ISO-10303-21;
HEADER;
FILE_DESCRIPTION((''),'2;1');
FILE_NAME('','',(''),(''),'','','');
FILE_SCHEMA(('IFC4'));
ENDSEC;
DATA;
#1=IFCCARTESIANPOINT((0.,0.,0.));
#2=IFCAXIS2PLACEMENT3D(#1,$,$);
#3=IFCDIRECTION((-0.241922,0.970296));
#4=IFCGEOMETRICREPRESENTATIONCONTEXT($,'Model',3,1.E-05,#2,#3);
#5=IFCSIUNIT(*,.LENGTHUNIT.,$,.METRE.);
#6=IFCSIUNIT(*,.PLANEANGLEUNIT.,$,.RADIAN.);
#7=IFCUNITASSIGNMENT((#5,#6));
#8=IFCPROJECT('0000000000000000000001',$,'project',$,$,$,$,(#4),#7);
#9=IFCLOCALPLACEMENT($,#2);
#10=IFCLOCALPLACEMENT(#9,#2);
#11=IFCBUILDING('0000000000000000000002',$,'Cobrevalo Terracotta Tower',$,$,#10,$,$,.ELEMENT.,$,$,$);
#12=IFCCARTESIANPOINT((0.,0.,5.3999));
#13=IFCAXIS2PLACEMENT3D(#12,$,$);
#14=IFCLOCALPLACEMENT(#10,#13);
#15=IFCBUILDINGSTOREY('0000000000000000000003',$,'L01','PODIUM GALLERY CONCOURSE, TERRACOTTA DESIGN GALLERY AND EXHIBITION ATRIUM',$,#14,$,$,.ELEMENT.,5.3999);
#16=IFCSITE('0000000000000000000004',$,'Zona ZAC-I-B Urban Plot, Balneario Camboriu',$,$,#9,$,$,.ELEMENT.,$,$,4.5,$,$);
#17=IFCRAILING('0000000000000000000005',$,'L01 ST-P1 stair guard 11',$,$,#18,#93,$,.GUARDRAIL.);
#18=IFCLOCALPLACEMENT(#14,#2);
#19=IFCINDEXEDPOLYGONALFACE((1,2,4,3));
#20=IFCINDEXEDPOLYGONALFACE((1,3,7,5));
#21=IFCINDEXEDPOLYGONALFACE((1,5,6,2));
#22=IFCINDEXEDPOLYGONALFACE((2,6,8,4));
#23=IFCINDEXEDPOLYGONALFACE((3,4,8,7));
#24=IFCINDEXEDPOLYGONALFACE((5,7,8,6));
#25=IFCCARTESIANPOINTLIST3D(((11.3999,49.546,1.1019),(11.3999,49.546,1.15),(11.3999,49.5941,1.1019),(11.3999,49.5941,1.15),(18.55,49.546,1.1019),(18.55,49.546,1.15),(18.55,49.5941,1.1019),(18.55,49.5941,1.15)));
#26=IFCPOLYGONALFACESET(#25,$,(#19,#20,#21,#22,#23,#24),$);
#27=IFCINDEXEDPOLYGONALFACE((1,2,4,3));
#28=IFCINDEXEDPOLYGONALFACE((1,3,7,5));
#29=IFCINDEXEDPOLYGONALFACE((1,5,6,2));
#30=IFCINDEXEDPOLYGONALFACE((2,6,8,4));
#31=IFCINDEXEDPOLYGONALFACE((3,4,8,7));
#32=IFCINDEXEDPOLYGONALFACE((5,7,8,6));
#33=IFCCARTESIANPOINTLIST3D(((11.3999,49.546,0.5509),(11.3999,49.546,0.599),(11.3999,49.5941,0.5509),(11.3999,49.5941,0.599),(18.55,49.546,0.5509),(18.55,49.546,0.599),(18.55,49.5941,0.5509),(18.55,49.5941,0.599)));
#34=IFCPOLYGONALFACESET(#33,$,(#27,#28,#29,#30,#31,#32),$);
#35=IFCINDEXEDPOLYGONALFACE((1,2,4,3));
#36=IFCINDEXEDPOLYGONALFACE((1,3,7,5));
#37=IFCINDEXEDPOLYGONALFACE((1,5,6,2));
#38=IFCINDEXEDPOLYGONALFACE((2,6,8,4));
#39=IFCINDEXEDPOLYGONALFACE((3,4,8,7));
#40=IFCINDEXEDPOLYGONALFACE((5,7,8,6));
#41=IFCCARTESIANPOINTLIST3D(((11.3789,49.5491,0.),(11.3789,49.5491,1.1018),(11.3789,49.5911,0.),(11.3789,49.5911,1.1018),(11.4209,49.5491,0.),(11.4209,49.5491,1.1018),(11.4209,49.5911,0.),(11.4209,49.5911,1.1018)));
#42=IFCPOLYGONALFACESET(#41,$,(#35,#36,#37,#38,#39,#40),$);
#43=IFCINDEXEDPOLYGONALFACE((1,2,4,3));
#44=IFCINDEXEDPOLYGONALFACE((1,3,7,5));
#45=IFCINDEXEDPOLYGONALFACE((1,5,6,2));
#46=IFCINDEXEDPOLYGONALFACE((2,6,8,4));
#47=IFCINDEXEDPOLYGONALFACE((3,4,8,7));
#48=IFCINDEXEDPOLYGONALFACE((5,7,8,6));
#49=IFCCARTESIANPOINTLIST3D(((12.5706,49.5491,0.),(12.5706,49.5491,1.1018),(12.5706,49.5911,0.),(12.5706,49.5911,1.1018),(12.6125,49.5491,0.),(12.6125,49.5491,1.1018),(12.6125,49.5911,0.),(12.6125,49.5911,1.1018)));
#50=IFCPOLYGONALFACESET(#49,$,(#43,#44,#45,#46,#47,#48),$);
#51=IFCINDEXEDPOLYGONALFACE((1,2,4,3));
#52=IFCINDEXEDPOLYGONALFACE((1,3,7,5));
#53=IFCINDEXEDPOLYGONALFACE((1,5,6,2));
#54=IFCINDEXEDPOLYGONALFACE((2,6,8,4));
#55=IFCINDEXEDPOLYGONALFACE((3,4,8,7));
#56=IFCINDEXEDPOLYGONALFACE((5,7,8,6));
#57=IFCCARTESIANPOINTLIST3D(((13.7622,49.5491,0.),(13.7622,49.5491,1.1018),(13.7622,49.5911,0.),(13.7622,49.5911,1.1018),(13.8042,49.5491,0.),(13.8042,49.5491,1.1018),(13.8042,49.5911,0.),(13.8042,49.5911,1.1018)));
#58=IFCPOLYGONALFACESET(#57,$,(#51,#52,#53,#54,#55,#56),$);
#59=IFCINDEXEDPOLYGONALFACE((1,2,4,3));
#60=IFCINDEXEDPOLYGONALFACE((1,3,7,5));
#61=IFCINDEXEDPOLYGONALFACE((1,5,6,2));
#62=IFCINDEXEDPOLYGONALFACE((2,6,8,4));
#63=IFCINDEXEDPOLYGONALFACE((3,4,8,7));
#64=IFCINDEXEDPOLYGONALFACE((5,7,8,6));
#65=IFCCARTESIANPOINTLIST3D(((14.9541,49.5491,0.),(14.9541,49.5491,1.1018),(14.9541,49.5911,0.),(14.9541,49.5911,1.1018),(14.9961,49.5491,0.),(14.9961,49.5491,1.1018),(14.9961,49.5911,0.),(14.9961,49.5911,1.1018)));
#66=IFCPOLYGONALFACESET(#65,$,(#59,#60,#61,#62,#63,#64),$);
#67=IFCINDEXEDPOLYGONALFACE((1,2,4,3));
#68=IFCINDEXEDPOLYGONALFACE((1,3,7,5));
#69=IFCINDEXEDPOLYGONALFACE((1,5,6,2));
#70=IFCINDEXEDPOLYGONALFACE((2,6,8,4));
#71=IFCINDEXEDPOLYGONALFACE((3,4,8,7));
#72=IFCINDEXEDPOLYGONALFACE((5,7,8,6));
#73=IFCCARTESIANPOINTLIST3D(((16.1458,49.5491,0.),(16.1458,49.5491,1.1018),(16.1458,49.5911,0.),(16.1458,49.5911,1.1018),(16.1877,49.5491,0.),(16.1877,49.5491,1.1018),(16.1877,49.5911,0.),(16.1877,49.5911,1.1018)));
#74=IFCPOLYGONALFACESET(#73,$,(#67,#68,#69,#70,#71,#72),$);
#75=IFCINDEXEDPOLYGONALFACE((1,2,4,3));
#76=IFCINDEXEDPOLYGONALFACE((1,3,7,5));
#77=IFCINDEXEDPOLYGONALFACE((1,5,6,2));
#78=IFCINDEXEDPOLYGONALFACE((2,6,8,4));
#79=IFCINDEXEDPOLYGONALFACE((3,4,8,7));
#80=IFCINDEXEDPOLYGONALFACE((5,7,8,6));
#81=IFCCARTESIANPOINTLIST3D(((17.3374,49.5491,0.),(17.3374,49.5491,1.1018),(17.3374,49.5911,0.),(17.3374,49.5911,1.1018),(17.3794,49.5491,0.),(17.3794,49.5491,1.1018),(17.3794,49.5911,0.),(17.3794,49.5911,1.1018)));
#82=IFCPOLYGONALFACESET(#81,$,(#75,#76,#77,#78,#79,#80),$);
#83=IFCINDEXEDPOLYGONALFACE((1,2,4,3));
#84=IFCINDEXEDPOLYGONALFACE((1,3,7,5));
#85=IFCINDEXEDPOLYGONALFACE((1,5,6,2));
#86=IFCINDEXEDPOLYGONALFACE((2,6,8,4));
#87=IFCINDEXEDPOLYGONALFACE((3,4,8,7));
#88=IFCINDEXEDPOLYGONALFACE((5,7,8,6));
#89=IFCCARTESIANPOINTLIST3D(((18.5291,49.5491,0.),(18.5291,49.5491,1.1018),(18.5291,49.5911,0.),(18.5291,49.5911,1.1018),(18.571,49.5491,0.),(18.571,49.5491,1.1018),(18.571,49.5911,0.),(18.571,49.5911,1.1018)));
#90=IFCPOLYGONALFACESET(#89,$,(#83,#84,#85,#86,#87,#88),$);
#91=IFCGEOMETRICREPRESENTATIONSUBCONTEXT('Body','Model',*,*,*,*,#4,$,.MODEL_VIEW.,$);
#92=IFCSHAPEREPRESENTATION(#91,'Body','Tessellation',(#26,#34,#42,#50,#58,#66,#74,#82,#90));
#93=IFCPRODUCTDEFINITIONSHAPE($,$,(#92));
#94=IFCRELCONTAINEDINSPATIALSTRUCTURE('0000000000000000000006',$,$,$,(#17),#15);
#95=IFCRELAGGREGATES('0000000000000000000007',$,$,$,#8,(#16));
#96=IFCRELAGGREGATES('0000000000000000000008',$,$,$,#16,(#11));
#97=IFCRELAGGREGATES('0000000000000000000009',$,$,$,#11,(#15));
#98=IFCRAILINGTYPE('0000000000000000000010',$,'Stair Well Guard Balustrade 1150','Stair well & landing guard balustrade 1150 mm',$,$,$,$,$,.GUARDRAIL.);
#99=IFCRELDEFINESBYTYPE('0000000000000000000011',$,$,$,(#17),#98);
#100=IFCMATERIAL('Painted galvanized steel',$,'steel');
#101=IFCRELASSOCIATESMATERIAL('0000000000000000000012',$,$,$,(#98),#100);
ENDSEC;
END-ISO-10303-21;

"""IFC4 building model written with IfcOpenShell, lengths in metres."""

from ifc_helpers import new_model, si_unit, direction, frame, origin, origin_2d, place, context, subcontext, project, spatial, rectangle, extrude, material, type_object, element, save


model = new_model("IFC4")

# Units and contexts
model_context = context("Model", 3, precision=1e-05, world=origin(), true_north=direction((-0.241922, 0.970296)))
body_context = subcontext(model_context, "Body", "Model", "MODEL_VIEW")
ifc_project = project(units=[si_unit("LENGTHUNIT", "METRE"), si_unit("PLANEANGLEUNIT", "RADIAN")], contexts=[model_context])

# Site, building, storey
site_placement = place(None, origin())
site = spatial("IfcSite", under=ifc_project, at=site_placement, Name="Zona ZAC-I-B Urban Plot, Balneario Camboriu", CompositionType="ELEMENT", RefElevation=4.5)
building_placement = place(site_placement, origin())
building = spatial("IfcBuilding", under=site, at=building_placement, Name="Cobrevalo Terracotta Tower", CompositionType="ELEMENT")
storey_placement = place(building_placement, frame((0.0, 0.0, 5.3999)))
storey = spatial("IfcBuildingStorey", under=building, at=storey_placement, Name="L01", Description="PODIUM GALLERY CONCOURSE, TERRACOTTA DESIGN GALLERY AND EXHIBITION ATRIUM", CompositionType="ELEMENT", Elevation=5.3999)

# Railing
ifc_material_1 = material(Name="Painted galvanized steel", Category="steel")
railing_type_1 = type_object("IfcRailingType", Name="Stair Well Guard Balustrade 1150", Description="Stair well & landing guard balustrade 1150 mm", PredefinedType="GUARDRAIL", material=ifc_material_1)
railing_1_placement = place(storey_placement, frame((11.3999, 49.5701, 0.0)))
element("IfcRailing", 1, at=railing_1_placement, inside=storey, type_object=railing_type_1, Name="L01 ST-P1 stair guard 11", PredefinedType="GUARDRAIL", context=body_context, shape_type="SweptSolid", body=[
    extrude(rectangle(XDim=0.0481, YDim=0.0481, at=origin_2d()), frame((0.0, 0.0, 1.126), z_axis=(1.0, 0.0, 0.0), x_axis=(0.0, 1.0, 0.0)), (0.0, 0.0, 1.0), 7.1501),
    extrude(rectangle(XDim=0.0481, YDim=0.0481, at=origin_2d()), frame((0.0, 0.0, 0.575), z_axis=(1.0, 0.0, 0.0), x_axis=(0.0, 1.0, 0.0)), (0.0, 0.0, 1.0), 7.1501),
    extrude(rectangle(XDim=0.042, YDim=0.042, at=origin_2d()), origin(), (0.0, 0.0, 1.0), 1.1018),
    extrude(rectangle(XDim=0.042, YDim=0.042, at=origin_2d()), frame((1.1917, 0.0, 0.0)), (0.0, 0.0, 1.0), 1.1018),
    extrude(rectangle(XDim=0.042, YDim=0.042, at=origin_2d()), frame((2.3833, 0.0, 0.0)), (0.0, 0.0, 1.0), 1.1018),
    extrude(rectangle(XDim=0.042, YDim=0.042, at=origin_2d()), frame((3.5752, 0.0, 0.0)), (0.0, 0.0, 1.0), 1.1018),
    extrude(rectangle(XDim=0.042, YDim=0.042, at=origin_2d()), frame((4.7668, 0.0, 0.0)), (0.0, 0.0, 1.0), 1.1018),
    extrude(rectangle(XDim=0.042, YDim=0.042, at=origin_2d()), frame((5.9585, 0.0, 0.0)), (0.0, 0.0, 1.0), 1.1018),
    extrude(rectangle(XDim=0.042, YDim=0.042, at=origin_2d()), frame((7.1501, 0.0, 0.0)), (0.0, 0.0, 1.0), 1.1018),
])

save(model, "model.ifc")
